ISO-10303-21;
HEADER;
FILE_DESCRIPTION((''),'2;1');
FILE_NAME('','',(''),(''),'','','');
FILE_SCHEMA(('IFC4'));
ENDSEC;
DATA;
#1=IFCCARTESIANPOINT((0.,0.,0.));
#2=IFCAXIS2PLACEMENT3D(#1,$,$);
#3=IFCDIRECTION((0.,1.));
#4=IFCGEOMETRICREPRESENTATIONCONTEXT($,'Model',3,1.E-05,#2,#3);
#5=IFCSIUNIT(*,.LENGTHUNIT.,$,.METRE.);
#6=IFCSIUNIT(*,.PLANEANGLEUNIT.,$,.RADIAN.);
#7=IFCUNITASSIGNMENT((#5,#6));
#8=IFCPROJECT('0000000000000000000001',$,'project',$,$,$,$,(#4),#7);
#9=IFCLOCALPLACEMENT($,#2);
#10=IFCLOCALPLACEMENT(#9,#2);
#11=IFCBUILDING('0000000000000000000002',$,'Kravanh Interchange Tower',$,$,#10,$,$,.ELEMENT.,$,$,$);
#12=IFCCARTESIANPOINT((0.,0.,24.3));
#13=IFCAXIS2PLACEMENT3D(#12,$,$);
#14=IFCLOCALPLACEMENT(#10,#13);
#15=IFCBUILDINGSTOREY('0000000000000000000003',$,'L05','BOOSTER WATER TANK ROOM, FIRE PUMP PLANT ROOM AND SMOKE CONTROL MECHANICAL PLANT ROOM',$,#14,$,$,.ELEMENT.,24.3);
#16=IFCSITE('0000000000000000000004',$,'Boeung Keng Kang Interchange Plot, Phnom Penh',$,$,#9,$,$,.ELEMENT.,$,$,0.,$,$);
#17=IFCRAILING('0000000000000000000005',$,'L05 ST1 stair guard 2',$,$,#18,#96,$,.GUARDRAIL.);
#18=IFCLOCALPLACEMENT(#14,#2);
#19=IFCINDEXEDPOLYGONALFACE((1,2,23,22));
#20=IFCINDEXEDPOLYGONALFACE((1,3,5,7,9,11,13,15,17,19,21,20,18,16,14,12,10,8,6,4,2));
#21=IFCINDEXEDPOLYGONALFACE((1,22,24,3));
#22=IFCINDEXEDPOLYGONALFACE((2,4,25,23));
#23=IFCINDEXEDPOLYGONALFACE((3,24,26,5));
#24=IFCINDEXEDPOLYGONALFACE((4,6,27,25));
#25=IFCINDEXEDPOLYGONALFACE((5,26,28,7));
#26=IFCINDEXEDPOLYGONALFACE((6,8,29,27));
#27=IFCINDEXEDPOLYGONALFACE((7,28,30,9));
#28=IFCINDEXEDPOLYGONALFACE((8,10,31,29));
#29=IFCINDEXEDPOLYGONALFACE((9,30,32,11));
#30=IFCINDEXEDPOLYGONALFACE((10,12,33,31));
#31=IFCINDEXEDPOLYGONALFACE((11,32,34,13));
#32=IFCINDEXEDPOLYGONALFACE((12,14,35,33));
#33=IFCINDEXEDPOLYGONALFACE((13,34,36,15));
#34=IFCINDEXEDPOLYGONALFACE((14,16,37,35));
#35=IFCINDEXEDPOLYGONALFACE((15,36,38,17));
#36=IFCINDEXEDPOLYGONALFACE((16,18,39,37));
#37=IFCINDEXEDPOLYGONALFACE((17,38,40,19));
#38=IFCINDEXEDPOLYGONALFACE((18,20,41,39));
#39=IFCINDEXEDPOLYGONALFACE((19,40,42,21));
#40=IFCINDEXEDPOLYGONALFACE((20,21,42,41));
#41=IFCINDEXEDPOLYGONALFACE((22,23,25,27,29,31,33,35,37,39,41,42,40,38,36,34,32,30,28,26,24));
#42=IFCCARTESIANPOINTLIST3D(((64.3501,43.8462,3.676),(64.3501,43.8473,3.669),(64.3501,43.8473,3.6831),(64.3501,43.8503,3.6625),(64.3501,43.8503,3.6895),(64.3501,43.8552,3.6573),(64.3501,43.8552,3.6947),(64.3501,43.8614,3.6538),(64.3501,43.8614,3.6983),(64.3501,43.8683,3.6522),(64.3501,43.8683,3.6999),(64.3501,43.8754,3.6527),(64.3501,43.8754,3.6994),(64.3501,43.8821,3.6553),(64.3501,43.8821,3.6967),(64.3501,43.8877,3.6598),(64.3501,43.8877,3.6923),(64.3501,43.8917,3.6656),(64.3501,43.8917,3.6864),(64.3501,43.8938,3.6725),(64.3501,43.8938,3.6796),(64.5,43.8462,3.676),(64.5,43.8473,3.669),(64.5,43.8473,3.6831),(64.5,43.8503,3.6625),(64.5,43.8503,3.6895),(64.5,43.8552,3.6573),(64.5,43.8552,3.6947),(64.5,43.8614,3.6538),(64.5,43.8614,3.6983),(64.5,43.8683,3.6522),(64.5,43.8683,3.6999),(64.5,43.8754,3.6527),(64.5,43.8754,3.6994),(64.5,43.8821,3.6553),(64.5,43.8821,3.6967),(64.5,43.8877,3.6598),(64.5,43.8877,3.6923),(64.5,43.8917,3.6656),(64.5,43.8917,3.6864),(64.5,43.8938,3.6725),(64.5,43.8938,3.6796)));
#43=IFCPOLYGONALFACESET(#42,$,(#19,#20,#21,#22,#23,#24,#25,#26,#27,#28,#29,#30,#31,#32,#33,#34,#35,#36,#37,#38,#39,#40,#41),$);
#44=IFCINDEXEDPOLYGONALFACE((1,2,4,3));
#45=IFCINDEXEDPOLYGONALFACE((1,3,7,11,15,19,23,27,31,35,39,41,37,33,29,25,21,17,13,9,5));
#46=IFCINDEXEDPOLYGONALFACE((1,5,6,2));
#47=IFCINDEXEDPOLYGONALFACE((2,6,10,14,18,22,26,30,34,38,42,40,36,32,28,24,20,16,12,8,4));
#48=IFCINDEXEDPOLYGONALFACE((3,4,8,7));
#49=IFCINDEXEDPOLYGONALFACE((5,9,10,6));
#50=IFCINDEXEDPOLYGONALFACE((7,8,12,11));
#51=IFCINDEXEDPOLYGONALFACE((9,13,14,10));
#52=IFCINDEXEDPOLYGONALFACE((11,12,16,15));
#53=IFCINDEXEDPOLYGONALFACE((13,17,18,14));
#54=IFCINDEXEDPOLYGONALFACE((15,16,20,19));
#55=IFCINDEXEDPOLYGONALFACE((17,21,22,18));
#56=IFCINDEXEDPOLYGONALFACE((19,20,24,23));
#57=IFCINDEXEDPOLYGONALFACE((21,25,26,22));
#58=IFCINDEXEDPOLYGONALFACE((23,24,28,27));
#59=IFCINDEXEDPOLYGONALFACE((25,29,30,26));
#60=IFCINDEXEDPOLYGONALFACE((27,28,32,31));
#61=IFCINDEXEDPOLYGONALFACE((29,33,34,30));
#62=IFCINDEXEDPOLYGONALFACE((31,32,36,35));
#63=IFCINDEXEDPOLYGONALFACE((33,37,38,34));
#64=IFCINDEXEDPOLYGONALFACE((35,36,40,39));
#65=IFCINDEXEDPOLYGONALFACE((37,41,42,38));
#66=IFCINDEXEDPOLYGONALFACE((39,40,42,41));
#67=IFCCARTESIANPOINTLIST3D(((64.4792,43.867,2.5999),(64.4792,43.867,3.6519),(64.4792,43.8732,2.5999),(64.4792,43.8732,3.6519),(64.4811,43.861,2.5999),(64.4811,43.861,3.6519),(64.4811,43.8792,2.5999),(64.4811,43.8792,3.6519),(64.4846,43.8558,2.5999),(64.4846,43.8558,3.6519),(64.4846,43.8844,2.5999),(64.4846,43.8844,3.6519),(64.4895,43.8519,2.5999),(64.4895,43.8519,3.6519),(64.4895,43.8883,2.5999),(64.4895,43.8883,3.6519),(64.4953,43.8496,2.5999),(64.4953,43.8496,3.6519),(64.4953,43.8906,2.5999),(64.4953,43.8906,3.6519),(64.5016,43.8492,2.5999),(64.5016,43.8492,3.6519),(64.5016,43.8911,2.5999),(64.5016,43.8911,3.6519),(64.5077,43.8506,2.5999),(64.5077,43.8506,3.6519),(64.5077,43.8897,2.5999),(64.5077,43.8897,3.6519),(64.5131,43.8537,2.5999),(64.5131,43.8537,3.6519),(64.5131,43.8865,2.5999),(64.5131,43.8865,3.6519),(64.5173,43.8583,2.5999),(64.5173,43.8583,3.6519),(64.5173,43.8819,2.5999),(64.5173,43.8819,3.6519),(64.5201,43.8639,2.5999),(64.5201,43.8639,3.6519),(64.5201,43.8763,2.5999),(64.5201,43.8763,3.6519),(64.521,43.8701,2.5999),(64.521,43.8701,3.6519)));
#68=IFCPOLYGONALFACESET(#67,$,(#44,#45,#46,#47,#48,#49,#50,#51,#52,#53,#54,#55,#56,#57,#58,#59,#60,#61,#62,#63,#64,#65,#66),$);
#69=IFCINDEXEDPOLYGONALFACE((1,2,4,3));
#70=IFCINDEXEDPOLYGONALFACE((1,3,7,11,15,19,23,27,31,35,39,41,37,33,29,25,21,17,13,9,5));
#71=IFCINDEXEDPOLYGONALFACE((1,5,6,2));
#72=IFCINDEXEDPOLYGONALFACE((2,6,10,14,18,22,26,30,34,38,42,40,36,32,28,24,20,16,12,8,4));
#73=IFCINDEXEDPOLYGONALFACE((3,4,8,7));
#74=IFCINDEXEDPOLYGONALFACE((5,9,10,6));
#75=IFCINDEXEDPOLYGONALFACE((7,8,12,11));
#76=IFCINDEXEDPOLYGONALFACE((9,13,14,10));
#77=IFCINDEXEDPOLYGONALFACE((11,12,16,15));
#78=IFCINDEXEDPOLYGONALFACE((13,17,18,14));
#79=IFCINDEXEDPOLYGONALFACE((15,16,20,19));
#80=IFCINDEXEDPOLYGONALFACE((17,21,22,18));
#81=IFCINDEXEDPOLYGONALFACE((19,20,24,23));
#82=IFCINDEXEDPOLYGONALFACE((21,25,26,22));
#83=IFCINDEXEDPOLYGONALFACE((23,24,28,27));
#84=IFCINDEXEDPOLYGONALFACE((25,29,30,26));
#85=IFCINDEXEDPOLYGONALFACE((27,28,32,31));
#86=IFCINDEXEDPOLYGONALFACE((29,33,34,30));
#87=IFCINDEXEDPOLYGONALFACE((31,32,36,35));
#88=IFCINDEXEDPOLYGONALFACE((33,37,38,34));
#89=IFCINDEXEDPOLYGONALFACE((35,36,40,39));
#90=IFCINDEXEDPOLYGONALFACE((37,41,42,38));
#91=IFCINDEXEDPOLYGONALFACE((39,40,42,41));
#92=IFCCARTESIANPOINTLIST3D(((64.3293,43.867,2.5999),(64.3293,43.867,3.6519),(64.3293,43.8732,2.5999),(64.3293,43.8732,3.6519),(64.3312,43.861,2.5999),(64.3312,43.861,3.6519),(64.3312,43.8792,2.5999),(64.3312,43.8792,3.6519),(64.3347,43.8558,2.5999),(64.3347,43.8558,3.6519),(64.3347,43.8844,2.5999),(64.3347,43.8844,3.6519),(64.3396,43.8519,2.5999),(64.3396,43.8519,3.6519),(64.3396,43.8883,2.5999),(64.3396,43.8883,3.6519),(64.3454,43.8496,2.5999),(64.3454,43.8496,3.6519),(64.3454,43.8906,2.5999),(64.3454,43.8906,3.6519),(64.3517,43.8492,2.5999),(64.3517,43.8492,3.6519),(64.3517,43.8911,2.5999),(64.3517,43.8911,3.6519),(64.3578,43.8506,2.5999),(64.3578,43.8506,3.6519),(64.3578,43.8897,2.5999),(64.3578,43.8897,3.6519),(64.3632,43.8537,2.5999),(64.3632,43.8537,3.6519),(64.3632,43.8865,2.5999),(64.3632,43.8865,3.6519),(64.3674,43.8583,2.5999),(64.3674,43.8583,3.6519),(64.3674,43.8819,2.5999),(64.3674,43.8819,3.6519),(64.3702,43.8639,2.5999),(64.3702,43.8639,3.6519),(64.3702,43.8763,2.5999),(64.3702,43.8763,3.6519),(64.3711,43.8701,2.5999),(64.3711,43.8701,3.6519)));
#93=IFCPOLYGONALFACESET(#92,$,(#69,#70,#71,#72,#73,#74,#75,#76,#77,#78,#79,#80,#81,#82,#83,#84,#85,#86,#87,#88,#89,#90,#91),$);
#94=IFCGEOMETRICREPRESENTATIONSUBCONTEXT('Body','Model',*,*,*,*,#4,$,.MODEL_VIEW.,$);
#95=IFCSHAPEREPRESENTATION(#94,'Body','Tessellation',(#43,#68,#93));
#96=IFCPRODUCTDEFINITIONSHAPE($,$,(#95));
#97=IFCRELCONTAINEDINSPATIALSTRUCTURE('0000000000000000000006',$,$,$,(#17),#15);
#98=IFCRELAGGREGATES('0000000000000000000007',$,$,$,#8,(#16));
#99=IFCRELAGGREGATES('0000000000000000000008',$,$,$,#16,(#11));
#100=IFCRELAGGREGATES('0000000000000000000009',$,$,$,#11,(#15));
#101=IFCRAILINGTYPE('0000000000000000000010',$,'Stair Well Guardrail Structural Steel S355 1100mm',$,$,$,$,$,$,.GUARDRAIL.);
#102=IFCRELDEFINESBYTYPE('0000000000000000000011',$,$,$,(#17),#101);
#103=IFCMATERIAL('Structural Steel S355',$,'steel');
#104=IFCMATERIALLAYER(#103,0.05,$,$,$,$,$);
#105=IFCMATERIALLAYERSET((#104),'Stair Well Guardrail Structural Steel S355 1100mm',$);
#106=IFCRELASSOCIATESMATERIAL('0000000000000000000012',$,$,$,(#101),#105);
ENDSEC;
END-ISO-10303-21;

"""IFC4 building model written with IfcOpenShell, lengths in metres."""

from ifc_helpers import new_model, si_unit, direction, frame, origin, origin_2d, place, context, subcontext, project, spatial, circle, extrude, material, layer, layer_set, type_object, element, save


model = new_model("IFC4")

# Units and contexts
model_context = context("Model", 3, precision=1e-05, world=origin(), true_north=direction((0.0, 1.0)))
body_context = subcontext(model_context, "Body", "Model", "MODEL_VIEW")
ifc_project = project(units=[si_unit("LENGTHUNIT", "METRE"), si_unit("PLANEANGLEUNIT", "RADIAN")], contexts=[model_context])

# Site, building, storey
site_placement = place(None, origin())
site = spatial("IfcSite", under=ifc_project, at=site_placement, Name="Boeung Keng Kang Interchange Plot, Phnom Penh", CompositionType="ELEMENT", RefElevation=0.0)
building_placement = place(site_placement, origin())
building = spatial("IfcBuilding", under=site, at=building_placement, Name="Kravanh Interchange Tower", CompositionType="ELEMENT")
storey_placement = place(building_placement, frame((0.0, 0.0, 24.3)))
storey = spatial("IfcBuildingStorey", under=building, at=storey_placement, Name="L05", Description="BOOSTER WATER TANK ROOM, FIRE PUMP PLANT ROOM AND SMOKE CONTROL MECHANICAL PLANT ROOM", CompositionType="ELEMENT", Elevation=24.3)

# Railing
ifc_material_1 = material(Name="Structural Steel S355", Category="steel")
ifc_layer_1 = layer(ifc_material_1, 0.05)
ifc_layer_set_1 = layer_set([ifc_layer_1], Name="Stair Well Guardrail Structural Steel S355 1100mm")
railing_type_1 = type_object("IfcRailingType", Name="Stair Well Guardrail Structural Steel S355 1100mm", PredefinedType="GUARDRAIL", material=ifc_layer_set_1)
railing_1_placement = place(storey_placement, frame((64.5, 43.8701, 2.5999)))
element("IfcRailing", 1, at=railing_1_placement, inside=storey, type_object=railing_type_1, Name="L05 ST1 stair guard 2", PredefinedType="GUARDRAIL", context=body_context, shape_type="SweptSolid", body=[
    extrude(circle(Radius=0.0239, at=origin_2d()), frame((0.0, 0.0, 1.0762), z_axis=(-1.0, 0.0, 0.0), x_axis=(0.0, -1.0, 0.0)), (0.0, 0.0, 1.0), 0.1499),
    extrude(circle(Radius=0.021, at=origin_2d()), origin(), (0.0, 0.0, 1.0), 1.052),
    extrude(circle(Radius=0.021, at=origin_2d()), frame((-0.1499, 0.0, 0.0)), (0.0, 0.0, 1.0), 1.052),
])

save(model, "model.ifc")
